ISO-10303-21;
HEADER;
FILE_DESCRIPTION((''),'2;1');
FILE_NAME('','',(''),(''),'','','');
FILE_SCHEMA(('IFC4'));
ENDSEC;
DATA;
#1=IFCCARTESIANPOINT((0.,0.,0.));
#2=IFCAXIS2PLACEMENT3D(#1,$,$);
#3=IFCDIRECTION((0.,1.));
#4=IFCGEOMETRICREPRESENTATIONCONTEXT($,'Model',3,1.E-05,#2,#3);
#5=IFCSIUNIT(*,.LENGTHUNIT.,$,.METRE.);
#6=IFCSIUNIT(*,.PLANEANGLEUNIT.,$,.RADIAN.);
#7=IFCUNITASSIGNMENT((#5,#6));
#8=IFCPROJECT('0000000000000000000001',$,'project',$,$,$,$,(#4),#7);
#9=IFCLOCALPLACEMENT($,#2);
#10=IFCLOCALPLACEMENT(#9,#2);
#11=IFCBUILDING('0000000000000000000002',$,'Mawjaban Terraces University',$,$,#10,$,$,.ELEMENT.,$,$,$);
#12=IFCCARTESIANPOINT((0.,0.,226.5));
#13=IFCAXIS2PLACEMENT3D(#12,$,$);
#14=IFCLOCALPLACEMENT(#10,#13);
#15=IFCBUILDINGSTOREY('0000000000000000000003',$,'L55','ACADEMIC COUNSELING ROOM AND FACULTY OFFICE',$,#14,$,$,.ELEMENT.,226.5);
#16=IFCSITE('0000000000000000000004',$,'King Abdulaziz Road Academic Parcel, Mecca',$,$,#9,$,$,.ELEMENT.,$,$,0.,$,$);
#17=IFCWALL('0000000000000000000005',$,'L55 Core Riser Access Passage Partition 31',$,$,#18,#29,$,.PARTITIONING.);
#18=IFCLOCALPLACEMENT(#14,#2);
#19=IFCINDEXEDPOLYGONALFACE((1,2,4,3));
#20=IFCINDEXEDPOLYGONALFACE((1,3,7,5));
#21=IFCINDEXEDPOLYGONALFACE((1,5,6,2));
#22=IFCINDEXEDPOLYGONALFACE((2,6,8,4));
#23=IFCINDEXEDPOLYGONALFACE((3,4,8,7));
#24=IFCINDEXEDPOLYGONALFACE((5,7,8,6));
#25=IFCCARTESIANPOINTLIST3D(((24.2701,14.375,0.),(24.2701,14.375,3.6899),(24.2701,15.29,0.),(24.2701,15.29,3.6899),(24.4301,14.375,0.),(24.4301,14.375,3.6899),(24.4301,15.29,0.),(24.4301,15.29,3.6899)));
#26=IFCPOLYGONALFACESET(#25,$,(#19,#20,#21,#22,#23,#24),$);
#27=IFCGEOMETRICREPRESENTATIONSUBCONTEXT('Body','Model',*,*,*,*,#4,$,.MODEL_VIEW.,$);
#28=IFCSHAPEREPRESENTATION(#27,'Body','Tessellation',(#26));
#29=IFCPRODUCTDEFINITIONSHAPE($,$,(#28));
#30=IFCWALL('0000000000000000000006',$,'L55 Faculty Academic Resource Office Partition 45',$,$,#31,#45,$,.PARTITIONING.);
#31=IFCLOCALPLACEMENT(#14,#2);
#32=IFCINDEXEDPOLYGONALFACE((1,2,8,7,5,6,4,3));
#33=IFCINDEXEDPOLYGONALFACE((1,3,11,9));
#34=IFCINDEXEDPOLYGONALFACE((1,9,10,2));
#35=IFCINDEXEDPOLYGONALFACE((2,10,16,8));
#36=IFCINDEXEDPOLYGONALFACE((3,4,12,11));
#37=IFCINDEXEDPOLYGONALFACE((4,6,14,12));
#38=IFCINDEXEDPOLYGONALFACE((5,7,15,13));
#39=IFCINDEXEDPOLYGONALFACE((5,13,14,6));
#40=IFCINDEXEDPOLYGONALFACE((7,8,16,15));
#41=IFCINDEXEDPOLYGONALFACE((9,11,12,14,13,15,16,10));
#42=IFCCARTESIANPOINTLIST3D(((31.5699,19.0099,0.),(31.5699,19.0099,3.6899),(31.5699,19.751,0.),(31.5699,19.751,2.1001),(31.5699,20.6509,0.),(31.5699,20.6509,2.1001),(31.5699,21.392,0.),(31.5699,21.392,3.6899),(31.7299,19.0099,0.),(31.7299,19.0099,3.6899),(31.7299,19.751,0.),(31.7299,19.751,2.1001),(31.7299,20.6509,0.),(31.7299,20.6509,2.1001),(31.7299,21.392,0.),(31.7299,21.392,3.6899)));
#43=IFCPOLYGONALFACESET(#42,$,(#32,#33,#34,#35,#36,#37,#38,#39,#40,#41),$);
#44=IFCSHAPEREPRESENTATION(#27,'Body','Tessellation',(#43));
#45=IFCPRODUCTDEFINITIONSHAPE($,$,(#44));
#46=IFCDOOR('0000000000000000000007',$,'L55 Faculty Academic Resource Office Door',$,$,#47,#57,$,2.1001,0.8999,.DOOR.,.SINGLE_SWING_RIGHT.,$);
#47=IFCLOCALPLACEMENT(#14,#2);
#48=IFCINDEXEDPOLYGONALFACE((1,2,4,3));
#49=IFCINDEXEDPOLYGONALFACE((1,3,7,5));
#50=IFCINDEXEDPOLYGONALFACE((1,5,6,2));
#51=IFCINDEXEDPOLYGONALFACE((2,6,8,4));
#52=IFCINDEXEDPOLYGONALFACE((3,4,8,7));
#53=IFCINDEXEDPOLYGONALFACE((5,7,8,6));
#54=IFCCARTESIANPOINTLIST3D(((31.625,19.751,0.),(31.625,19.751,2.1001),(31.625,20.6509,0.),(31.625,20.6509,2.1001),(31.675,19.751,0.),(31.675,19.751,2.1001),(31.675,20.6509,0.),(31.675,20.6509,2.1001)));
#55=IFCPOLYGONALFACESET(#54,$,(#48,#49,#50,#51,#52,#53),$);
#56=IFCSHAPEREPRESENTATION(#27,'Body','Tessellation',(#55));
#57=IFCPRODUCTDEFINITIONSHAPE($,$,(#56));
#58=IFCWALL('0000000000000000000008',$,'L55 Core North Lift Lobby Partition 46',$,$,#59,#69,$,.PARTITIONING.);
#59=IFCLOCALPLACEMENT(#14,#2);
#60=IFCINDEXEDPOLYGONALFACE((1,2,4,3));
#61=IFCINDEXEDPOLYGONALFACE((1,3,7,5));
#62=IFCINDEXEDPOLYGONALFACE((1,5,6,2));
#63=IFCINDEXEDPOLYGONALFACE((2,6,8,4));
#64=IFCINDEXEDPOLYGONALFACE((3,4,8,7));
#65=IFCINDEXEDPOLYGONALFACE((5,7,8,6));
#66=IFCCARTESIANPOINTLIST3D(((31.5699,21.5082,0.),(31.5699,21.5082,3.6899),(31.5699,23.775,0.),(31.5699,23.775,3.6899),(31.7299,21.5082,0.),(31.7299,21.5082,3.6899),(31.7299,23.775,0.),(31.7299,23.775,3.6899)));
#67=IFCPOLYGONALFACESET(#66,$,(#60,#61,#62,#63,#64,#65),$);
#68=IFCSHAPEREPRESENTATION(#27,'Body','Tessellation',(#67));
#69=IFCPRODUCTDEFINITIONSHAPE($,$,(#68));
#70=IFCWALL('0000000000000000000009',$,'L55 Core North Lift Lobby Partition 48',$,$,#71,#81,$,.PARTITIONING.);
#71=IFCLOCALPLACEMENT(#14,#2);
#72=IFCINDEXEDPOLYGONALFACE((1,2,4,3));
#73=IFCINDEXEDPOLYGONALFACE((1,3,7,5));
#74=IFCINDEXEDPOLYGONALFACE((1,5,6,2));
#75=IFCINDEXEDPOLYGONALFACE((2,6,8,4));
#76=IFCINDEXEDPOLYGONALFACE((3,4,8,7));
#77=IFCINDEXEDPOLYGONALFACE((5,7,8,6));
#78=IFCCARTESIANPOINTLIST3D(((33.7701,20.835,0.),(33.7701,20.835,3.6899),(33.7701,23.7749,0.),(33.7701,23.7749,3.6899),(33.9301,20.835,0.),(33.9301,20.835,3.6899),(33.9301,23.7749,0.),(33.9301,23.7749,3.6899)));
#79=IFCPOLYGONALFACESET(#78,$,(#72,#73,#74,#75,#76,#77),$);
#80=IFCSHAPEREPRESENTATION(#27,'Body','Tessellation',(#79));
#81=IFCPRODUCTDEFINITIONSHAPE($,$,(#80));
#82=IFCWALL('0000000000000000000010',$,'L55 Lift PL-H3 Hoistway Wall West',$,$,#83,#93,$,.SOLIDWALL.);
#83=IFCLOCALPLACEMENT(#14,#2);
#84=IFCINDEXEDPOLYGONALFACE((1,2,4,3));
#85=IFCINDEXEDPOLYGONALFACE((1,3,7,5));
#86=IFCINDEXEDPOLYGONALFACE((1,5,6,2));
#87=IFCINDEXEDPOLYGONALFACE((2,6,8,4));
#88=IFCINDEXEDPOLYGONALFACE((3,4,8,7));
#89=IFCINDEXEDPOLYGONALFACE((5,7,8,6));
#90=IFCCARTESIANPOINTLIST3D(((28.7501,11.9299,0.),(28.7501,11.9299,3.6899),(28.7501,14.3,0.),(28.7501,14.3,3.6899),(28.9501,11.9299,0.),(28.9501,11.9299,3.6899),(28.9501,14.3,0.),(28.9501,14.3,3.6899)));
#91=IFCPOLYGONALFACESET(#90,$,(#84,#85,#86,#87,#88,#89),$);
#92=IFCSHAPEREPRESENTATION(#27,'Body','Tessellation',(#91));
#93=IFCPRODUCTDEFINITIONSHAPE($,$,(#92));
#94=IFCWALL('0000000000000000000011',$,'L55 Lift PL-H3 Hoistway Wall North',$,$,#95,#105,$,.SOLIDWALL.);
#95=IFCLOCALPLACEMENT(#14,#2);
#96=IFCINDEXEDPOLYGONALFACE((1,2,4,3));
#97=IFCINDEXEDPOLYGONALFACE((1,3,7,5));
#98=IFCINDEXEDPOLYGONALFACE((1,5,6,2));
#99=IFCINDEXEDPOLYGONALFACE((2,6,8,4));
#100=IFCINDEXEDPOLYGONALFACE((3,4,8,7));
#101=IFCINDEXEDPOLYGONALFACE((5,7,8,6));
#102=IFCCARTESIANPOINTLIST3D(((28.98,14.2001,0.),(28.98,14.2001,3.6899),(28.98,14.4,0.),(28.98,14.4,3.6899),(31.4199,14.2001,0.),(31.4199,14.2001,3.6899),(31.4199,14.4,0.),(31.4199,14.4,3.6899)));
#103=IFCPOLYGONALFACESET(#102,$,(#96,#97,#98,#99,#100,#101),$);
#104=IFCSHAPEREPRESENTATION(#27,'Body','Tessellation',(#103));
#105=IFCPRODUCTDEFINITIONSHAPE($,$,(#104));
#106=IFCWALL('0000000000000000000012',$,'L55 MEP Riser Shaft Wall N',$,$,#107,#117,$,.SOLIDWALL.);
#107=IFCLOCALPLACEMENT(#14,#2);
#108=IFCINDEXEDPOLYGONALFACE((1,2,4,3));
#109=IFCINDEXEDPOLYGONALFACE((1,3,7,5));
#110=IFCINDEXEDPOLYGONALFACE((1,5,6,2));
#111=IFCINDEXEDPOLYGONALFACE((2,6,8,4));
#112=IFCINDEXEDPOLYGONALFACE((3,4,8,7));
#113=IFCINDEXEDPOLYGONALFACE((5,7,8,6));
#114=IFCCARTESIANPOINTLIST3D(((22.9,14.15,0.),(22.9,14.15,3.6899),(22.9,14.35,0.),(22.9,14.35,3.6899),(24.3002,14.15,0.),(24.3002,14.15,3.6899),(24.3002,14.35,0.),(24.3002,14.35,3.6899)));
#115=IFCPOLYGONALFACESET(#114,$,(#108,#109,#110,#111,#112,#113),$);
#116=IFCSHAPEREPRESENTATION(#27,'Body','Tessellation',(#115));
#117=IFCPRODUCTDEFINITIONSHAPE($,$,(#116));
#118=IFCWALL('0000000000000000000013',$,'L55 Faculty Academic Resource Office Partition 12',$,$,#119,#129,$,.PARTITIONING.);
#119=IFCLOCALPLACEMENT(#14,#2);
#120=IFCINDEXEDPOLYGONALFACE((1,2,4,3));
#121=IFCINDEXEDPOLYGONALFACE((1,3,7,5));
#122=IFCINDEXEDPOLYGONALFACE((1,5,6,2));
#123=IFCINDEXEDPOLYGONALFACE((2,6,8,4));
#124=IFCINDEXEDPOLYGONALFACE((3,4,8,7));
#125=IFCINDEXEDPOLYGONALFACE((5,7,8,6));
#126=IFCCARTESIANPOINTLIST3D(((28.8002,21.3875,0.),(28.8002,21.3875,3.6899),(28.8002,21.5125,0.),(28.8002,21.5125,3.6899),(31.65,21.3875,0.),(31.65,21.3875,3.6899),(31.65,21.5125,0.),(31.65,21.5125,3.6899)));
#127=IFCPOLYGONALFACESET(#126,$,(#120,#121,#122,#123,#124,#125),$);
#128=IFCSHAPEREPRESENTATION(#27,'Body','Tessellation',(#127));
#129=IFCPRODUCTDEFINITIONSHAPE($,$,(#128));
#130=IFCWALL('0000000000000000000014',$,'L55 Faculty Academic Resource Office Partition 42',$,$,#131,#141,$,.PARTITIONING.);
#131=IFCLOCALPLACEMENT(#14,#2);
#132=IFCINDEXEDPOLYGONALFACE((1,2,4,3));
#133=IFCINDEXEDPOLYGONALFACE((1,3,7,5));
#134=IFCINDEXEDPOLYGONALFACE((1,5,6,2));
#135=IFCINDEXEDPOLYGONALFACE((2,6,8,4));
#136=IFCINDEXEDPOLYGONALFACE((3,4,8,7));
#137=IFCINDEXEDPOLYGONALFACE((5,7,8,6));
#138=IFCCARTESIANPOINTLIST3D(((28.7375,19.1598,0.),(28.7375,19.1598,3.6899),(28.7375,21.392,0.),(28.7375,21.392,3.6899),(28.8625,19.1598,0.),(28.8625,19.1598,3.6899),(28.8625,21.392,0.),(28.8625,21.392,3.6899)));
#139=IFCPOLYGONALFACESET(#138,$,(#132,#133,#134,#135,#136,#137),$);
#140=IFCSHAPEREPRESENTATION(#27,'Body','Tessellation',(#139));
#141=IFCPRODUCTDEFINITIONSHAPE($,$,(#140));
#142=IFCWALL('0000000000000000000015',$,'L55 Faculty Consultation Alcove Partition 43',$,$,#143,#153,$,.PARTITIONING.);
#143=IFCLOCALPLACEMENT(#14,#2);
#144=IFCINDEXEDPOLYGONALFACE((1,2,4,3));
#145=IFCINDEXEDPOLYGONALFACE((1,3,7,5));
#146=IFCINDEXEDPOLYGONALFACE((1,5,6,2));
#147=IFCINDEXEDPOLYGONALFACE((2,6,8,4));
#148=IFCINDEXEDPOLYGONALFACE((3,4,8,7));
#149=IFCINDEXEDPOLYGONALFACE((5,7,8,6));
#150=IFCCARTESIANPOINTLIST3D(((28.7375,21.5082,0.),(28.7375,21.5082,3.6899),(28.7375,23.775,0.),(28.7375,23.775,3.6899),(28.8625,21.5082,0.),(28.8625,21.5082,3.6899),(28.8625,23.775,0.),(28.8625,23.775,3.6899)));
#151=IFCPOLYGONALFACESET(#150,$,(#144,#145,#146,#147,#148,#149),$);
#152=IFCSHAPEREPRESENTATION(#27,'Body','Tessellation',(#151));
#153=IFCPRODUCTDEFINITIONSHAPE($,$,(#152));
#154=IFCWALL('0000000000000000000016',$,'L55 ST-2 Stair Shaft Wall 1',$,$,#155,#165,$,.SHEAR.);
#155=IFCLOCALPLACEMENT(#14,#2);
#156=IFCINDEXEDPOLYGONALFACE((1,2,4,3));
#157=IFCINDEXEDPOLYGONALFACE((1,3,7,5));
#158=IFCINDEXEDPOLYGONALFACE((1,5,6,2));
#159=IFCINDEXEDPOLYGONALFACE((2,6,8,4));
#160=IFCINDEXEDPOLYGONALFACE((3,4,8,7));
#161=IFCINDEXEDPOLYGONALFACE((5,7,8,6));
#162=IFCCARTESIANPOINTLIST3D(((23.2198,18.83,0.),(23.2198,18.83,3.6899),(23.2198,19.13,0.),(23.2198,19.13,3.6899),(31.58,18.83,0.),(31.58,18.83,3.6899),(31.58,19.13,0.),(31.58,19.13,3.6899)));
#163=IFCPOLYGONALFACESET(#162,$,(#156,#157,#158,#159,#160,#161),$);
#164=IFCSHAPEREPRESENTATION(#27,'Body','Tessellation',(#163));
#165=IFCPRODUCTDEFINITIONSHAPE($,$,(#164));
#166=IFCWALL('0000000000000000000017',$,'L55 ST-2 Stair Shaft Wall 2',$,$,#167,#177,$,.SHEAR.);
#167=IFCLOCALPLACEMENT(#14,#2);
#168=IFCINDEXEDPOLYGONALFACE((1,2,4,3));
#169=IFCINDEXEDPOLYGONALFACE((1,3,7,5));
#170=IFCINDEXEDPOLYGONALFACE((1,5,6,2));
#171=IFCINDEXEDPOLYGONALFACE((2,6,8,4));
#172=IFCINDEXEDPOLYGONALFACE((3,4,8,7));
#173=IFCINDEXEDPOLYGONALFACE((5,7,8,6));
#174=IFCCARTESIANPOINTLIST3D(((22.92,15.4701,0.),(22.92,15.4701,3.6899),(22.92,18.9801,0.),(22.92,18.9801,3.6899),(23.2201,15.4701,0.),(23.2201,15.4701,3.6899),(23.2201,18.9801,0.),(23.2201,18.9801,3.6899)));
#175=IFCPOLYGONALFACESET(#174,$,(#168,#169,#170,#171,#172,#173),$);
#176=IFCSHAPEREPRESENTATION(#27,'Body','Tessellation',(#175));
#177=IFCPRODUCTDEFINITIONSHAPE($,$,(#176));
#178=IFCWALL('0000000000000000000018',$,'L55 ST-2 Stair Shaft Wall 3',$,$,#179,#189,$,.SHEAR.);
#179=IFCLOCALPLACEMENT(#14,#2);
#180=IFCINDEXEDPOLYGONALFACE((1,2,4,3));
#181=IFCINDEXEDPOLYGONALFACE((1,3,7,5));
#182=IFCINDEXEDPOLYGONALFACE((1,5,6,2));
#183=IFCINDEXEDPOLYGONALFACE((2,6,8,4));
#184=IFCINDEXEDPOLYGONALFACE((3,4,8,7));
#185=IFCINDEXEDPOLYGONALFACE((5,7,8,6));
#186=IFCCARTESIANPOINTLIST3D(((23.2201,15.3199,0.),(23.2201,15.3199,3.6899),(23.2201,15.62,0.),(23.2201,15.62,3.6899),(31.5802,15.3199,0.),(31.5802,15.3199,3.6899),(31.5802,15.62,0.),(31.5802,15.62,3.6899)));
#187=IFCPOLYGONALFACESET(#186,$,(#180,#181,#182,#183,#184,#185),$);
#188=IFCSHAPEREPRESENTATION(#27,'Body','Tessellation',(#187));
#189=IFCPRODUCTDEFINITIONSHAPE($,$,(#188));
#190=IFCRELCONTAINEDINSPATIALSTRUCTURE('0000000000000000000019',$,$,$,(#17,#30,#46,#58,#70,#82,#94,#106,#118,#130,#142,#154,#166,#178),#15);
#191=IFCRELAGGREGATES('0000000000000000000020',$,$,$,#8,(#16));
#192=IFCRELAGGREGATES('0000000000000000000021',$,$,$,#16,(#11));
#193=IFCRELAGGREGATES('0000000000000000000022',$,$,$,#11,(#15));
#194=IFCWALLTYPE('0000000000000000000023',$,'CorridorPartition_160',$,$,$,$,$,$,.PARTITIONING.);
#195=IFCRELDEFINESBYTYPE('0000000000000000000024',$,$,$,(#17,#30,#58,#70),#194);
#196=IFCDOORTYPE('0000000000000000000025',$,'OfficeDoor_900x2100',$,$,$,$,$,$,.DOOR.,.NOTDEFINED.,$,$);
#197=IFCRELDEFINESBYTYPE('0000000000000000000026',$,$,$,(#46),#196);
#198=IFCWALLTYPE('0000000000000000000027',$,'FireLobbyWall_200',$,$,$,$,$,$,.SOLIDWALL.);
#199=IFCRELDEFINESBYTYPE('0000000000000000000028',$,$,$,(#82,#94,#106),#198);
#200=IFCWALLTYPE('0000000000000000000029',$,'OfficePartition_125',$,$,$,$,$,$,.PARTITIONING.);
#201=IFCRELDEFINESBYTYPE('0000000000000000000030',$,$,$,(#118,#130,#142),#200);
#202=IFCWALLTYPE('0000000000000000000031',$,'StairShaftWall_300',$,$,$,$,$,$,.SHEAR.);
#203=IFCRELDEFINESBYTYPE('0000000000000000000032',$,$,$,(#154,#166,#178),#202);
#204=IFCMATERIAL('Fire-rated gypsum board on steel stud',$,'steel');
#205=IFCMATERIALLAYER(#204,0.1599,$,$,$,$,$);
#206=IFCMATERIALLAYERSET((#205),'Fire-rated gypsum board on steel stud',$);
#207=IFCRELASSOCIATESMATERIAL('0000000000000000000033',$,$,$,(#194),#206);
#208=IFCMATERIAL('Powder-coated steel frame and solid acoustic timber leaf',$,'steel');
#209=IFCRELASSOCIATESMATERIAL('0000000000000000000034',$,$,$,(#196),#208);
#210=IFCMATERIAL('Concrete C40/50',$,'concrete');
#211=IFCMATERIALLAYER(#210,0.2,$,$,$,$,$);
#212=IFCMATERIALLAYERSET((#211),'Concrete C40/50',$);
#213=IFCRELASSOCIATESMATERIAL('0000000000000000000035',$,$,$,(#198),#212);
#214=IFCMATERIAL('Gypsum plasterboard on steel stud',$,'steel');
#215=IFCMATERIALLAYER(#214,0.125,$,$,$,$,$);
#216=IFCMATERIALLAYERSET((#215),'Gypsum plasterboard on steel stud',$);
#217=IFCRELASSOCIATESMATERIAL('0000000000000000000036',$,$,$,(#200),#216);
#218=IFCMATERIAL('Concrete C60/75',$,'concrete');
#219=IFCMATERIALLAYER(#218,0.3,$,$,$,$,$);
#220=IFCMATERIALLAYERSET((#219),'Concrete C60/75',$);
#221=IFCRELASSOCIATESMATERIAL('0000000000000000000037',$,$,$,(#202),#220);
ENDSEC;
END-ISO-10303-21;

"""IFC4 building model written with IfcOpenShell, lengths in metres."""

from ifc_helpers import new_model, si_unit, direction, frame, frame_2d, origin, place, context, subcontext, project, spatial, rectangle, extrude, material, layer, layer_set, type_object, element, fill, save


model = new_model("IFC4")

# Units and contexts
model_context = context("Model", 3, precision=1e-05, world=origin(), true_north=direction((0.0, 1.0)))
body_context = subcontext(model_context, "Body", "Model", "MODEL_VIEW")
ifc_project = project(units=[si_unit("LENGTHUNIT", "METRE"), si_unit("PLANEANGLEUNIT", "RADIAN")], contexts=[model_context])

# Site, building, storey
site_placement = place(None, origin())
site = spatial("IfcSite", under=ifc_project, at=site_placement, Name="King Abdulaziz Road Academic Parcel, Mecca", CompositionType="ELEMENT", RefElevation=0.0)
building_placement = place(site_placement, origin())
building = spatial("IfcBuilding", under=site, at=building_placement, Name="Mawjaban Terraces University", CompositionType="ELEMENT")
storey_placement = place(building_placement, frame((0.0, 0.0, 226.5)))
storey = spatial("IfcBuildingStorey", under=building, at=storey_placement, Name="L55", Description="ACADEMIC COUNSELING ROOM AND FACULTY OFFICE", CompositionType="ELEMENT", Elevation=226.5)

# Shared definitions
ifc_material_1 = material(Name="Concrete C60/75", Category="concrete")

# Shared definitions
ifc_material_2 = material(Name="Powder-coated steel frame and solid acoustic timber leaf", Category="steel")
ifc_material_3 = material(Name="Fire-rated gypsum board on steel stud", Category="steel")
ifc_layer_1 = layer(ifc_material_3, 0.1599)
ifc_layer_set_1 = layer_set([ifc_layer_1], Name="Fire-rated gypsum board on steel stud")
wall_type_1 = type_object("IfcWallType", Name="CorridorPartition_160", PredefinedType="PARTITIONING", material=ifc_layer_set_1)

# Wall
wall_1_placement = place(storey_placement, frame((24.3501, 15.29, 0.0), z_axis=(0.0, 0.0, 1.0), x_axis=(0.0, -1.0, 0.0)))
element("IfcWall", 1, at=wall_1_placement, inside=storey, type_object=wall_type_1, Name="L55 Core Riser Access Passage Partition 31", PredefinedType="PARTITIONING", context=body_context, shape_type="SweptSolid", body=[
    extrude(rectangle(XDim=0.915, YDim=0.1599, at=frame_2d((0.4575, 0.0))), origin(), (0.0, 0.0, 1.0), 3.6899),
])

# Wall, opening, door
wall_2_placement = place(storey_placement, frame((31.6499, 19.01, 0.0), z_axis=(0.0, 0.0, 1.0), x_axis=(0.0, 1.0, 0.0)))
wall_2 = element("IfcWall", 2, at=wall_2_placement, inside=storey, type_object=wall_type_1, Name="L55 Faculty Academic Resource Office Partition 45", PredefinedType="PARTITIONING", context=body_context, shape_type="SweptSolid", body=[
    extrude(rectangle(XDim=2.3821, YDim=0.1599, at=frame_2d((1.1909, 0.0))), origin(), (0.0, 0.0, 1.0), 3.6899),
])
opening_1_placement = place(wall_2_placement, frame((0.741, 0.0, 0.0)))
opening_1 = element("IfcOpeningElement", 3, at=opening_1_placement, cuts=wall_2, PredefinedType="OPENING", context=body_context, shape_type="SweptSolid", body=[
    extrude(rectangle(XDim=0.8999, YDim=2.1001, at=frame_2d((0.45, 1.05))), frame((0.0, 0.0898, 0.0), z_axis=(0.0, -1.0, 0.0), x_axis=(1.0, 0.0, 0.0)), (0.0, 0.0, 1.0), 0.1799),
])
door_type_1 = type_object("IfcDoorType", Name="OfficeDoor_900x2100", OperationType="NOTDEFINED", PredefinedType="DOOR", material=ifc_material_2)
door_1_placement = place(opening_1_placement, origin())
door_1 = element("IfcDoor", 4, at=door_1_placement, inside=storey, type_object=door_type_1, Name="L55 Faculty Academic Resource Office Door", OperationType="SINGLE_SWING_RIGHT", OverallHeight=2.1001, OverallWidth=0.8999, PredefinedType="DOOR", context=body_context, shape_type="SweptSolid", body=[
    extrude(rectangle(XDim=0.8999, YDim=2.1001, at=frame_2d((0.45, 1.05))), frame((0.0, 0.0249, 0.0), z_axis=(0.0, -1.0, 0.0), x_axis=(1.0, 0.0, 0.0)), (0.0, 0.0, 1.0), 0.05),
])
fill(opening_1, door_1)

# Walls
wall_3_placement = place(storey_placement, frame((31.6499, 23.7749, 0.0), z_axis=(0.0, 0.0, 1.0), x_axis=(0.0, -1.0, 0.0)))
element("IfcWall", 5, at=wall_3_placement, inside=storey, type_object=wall_type_1, Name="L55 Core North Lift Lobby Partition 46", PredefinedType="PARTITIONING", context=body_context, shape_type="SweptSolid", body=[
    extrude(rectangle(XDim=2.2668, YDim=0.1599, at=frame_2d((1.1333, 0.0))), origin(), (0.0, 0.0, 1.0), 3.6899),
])
wall_4_placement = place(storey_placement, frame((33.8501, 20.835, 0.0), z_axis=(0.0, 0.0, 1.0), x_axis=(0.0, 1.0, 0.0)))
element("IfcWall", 6, at=wall_4_placement, inside=storey, type_object=wall_type_1, Name="L55 Core North Lift Lobby Partition 48", PredefinedType="PARTITIONING", context=body_context, shape_type="SweptSolid", body=[
    extrude(rectangle(XDim=2.9399, YDim=0.1599, at=frame_2d((1.47, 0.0))), origin(), (0.0, 0.0, 1.0), 3.6899),
])
ifc_material_4 = material(Name="Concrete C40/50", Category="concrete")
ifc_layer_2 = layer(ifc_material_4, 0.2)
ifc_layer_set_2 = layer_set([ifc_layer_2], Name="Concrete C40/50")
wall_type_2 = type_object("IfcWallType", Name="FireLobbyWall_200", PredefinedType="SOLIDWALL", material=ifc_layer_set_2)
wall_5_placement = place(storey_placement, frame((28.8501, 14.3, 0.0), z_axis=(0.0, 0.0, 1.0), x_axis=(0.0, -1.0, 0.0)))
element("IfcWall", 7, at=wall_5_placement, inside=storey, type_object=wall_type_2, Name="L55 Lift PL-H3 Hoistway Wall West", PredefinedType="SOLIDWALL", context=body_context, shape_type="SweptSolid", body=[
    extrude(rectangle(XDim=2.3701, YDim=0.2, at=frame_2d((1.1851, 0.0))), origin(), (0.0, 0.0, 1.0), 3.6899),
])
wall_6_placement = place(storey_placement, frame((31.4199, 14.3, 0.0), z_axis=(0.0, 0.0, 1.0), x_axis=(-1.0, 0.0, 0.0)))
element("IfcWall", 8, at=wall_6_placement, inside=storey, type_object=wall_type_2, Name="L55 Lift PL-H3 Hoistway Wall North", PredefinedType="SOLIDWALL", context=body_context, shape_type="SweptSolid", body=[
    extrude(rectangle(XDim=2.4399, YDim=0.2, at=frame_2d((1.22, 0.0))), origin(), (0.0, 0.0, 1.0), 3.6899),
])
wall_7_placement = place(storey_placement, frame((22.8999, 14.25, 0.0), z_axis=(0.0, 0.0, 1.0), x_axis=(1.0, 0.0, 0.0)))
element("IfcWall", 9, at=wall_7_placement, inside=storey, type_object=wall_type_2, Name="L55 MEP Riser Shaft Wall N", PredefinedType="SOLIDWALL", context=body_context, shape_type="SweptSolid", body=[
    extrude(rectangle(XDim=1.4001, YDim=0.2, at=frame_2d((0.7002, 0.0))), origin(), (0.0, 0.0, 1.0), 3.6899),
])
ifc_material_5 = material(Name="Gypsum plasterboard on steel stud", Category="steel")
ifc_layer_3 = layer(ifc_material_5, 0.125)
ifc_layer_set_3 = layer_set([ifc_layer_3], Name="Gypsum plasterboard on steel stud")
wall_type_3 = type_object("IfcWallType", Name="OfficePartition_125", PredefinedType="PARTITIONING", material=ifc_layer_set_3)
wall_8_placement = place(storey_placement, frame((31.6499, 21.45, 0.0), z_axis=(0.0, 0.0, 1.0), x_axis=(-1.0, 0.0, 0.0)))
element("IfcWall", 10, at=wall_8_placement, inside=storey, type_object=wall_type_3, Name="L55 Faculty Academic Resource Office Partition 12", PredefinedType="PARTITIONING", context=body_context, shape_type="SweptSolid", body=[
    extrude(rectangle(XDim=2.8499, YDim=0.125, at=frame_2d((1.4248, 0.0))), origin(), (0.0, 0.0, 1.0), 3.6899),
])
wall_9_placement = place(storey_placement, frame((28.8, 21.3921, 0.0), z_axis=(0.0, 0.0, 1.0), x_axis=(0.0, -1.0, 0.0)))
element("IfcWall", 11, at=wall_9_placement, inside=storey, type_object=wall_type_3, Name="L55 Faculty Academic Resource Office Partition 42", PredefinedType="PARTITIONING", context=body_context, shape_type="SweptSolid", body=[
    extrude(rectangle(XDim=2.2322, YDim=0.125, at=frame_2d((1.1162, 0.0))), origin(), (0.0, 0.0, 1.0), 3.6899),
])
wall_10_placement = place(storey_placement, frame((28.8, 23.7749, 0.0), z_axis=(0.0, 0.0, 1.0), x_axis=(0.0, -1.0, 0.0)))
element("IfcWall", 12, at=wall_10_placement, inside=storey, type_object=wall_type_3, Name="L55 Faculty Consultation Alcove Partition 43", PredefinedType="PARTITIONING", context=body_context, shape_type="SweptSolid", body=[
    extrude(rectangle(XDim=2.2668, YDim=0.125, at=frame_2d((1.1333, 0.0))), origin(), (0.0, 0.0, 1.0), 3.6899),
])
ifc_layer_4 = layer(ifc_material_1, 0.3)
ifc_layer_set_4 = layer_set([ifc_layer_4], Name="Concrete C60/75")
wall_type_4 = type_object("IfcWallType", Name="StairShaftWall_300", PredefinedType="SHEAR", material=ifc_layer_set_4)
wall_11_placement = place(storey_placement, frame((31.5801, 18.98, 0.0), z_axis=(0.0, 0.0, 1.0), x_axis=(-1.0, 0.0, 0.0)))
element("IfcWall", 13, at=wall_11_placement, inside=storey, type_object=wall_type_4, Name="L55 ST-2 Stair Shaft Wall 1", PredefinedType="SHEAR", context=body_context, shape_type="SweptSolid", body=[
    extrude(rectangle(XDim=8.3601, YDim=0.3, at=frame_2d((4.1802, 0.0))), origin(), (0.0, 0.0, 1.0), 3.6899),
])
wall_12_placement = place(storey_placement, frame((23.0701, 18.98, 0.0), z_axis=(0.0, 0.0, 1.0), x_axis=(0.0, -1.0, 0.0)))
element("IfcWall", 14, at=wall_12_placement, inside=storey, type_object=wall_type_4, Name="L55 ST-2 Stair Shaft Wall 2", PredefinedType="SHEAR", context=body_context, shape_type="SweptSolid", body=[
    extrude(rectangle(XDim=3.51, YDim=0.3, at=frame_2d((1.7549, 0.0))), origin(), (0.0, 0.0, 1.0), 3.6899),
])
wall_13_placement = place(storey_placement, frame((23.22, 15.47, 0.0), z_axis=(0.0, 0.0, 1.0), x_axis=(1.0, 0.0, 0.0)))
element("IfcWall", 15, at=wall_13_placement, inside=storey, type_object=wall_type_4, Name="L55 ST-2 Stair Shaft Wall 3", PredefinedType="SHEAR", context=body_context, shape_type="SweptSolid", body=[
    extrude(rectangle(XDim=8.3601, YDim=0.3, at=frame_2d((4.1802, 0.0))), origin(), (0.0, 0.0, 1.0), 3.6899),
])

save(model, "model.ifc")
